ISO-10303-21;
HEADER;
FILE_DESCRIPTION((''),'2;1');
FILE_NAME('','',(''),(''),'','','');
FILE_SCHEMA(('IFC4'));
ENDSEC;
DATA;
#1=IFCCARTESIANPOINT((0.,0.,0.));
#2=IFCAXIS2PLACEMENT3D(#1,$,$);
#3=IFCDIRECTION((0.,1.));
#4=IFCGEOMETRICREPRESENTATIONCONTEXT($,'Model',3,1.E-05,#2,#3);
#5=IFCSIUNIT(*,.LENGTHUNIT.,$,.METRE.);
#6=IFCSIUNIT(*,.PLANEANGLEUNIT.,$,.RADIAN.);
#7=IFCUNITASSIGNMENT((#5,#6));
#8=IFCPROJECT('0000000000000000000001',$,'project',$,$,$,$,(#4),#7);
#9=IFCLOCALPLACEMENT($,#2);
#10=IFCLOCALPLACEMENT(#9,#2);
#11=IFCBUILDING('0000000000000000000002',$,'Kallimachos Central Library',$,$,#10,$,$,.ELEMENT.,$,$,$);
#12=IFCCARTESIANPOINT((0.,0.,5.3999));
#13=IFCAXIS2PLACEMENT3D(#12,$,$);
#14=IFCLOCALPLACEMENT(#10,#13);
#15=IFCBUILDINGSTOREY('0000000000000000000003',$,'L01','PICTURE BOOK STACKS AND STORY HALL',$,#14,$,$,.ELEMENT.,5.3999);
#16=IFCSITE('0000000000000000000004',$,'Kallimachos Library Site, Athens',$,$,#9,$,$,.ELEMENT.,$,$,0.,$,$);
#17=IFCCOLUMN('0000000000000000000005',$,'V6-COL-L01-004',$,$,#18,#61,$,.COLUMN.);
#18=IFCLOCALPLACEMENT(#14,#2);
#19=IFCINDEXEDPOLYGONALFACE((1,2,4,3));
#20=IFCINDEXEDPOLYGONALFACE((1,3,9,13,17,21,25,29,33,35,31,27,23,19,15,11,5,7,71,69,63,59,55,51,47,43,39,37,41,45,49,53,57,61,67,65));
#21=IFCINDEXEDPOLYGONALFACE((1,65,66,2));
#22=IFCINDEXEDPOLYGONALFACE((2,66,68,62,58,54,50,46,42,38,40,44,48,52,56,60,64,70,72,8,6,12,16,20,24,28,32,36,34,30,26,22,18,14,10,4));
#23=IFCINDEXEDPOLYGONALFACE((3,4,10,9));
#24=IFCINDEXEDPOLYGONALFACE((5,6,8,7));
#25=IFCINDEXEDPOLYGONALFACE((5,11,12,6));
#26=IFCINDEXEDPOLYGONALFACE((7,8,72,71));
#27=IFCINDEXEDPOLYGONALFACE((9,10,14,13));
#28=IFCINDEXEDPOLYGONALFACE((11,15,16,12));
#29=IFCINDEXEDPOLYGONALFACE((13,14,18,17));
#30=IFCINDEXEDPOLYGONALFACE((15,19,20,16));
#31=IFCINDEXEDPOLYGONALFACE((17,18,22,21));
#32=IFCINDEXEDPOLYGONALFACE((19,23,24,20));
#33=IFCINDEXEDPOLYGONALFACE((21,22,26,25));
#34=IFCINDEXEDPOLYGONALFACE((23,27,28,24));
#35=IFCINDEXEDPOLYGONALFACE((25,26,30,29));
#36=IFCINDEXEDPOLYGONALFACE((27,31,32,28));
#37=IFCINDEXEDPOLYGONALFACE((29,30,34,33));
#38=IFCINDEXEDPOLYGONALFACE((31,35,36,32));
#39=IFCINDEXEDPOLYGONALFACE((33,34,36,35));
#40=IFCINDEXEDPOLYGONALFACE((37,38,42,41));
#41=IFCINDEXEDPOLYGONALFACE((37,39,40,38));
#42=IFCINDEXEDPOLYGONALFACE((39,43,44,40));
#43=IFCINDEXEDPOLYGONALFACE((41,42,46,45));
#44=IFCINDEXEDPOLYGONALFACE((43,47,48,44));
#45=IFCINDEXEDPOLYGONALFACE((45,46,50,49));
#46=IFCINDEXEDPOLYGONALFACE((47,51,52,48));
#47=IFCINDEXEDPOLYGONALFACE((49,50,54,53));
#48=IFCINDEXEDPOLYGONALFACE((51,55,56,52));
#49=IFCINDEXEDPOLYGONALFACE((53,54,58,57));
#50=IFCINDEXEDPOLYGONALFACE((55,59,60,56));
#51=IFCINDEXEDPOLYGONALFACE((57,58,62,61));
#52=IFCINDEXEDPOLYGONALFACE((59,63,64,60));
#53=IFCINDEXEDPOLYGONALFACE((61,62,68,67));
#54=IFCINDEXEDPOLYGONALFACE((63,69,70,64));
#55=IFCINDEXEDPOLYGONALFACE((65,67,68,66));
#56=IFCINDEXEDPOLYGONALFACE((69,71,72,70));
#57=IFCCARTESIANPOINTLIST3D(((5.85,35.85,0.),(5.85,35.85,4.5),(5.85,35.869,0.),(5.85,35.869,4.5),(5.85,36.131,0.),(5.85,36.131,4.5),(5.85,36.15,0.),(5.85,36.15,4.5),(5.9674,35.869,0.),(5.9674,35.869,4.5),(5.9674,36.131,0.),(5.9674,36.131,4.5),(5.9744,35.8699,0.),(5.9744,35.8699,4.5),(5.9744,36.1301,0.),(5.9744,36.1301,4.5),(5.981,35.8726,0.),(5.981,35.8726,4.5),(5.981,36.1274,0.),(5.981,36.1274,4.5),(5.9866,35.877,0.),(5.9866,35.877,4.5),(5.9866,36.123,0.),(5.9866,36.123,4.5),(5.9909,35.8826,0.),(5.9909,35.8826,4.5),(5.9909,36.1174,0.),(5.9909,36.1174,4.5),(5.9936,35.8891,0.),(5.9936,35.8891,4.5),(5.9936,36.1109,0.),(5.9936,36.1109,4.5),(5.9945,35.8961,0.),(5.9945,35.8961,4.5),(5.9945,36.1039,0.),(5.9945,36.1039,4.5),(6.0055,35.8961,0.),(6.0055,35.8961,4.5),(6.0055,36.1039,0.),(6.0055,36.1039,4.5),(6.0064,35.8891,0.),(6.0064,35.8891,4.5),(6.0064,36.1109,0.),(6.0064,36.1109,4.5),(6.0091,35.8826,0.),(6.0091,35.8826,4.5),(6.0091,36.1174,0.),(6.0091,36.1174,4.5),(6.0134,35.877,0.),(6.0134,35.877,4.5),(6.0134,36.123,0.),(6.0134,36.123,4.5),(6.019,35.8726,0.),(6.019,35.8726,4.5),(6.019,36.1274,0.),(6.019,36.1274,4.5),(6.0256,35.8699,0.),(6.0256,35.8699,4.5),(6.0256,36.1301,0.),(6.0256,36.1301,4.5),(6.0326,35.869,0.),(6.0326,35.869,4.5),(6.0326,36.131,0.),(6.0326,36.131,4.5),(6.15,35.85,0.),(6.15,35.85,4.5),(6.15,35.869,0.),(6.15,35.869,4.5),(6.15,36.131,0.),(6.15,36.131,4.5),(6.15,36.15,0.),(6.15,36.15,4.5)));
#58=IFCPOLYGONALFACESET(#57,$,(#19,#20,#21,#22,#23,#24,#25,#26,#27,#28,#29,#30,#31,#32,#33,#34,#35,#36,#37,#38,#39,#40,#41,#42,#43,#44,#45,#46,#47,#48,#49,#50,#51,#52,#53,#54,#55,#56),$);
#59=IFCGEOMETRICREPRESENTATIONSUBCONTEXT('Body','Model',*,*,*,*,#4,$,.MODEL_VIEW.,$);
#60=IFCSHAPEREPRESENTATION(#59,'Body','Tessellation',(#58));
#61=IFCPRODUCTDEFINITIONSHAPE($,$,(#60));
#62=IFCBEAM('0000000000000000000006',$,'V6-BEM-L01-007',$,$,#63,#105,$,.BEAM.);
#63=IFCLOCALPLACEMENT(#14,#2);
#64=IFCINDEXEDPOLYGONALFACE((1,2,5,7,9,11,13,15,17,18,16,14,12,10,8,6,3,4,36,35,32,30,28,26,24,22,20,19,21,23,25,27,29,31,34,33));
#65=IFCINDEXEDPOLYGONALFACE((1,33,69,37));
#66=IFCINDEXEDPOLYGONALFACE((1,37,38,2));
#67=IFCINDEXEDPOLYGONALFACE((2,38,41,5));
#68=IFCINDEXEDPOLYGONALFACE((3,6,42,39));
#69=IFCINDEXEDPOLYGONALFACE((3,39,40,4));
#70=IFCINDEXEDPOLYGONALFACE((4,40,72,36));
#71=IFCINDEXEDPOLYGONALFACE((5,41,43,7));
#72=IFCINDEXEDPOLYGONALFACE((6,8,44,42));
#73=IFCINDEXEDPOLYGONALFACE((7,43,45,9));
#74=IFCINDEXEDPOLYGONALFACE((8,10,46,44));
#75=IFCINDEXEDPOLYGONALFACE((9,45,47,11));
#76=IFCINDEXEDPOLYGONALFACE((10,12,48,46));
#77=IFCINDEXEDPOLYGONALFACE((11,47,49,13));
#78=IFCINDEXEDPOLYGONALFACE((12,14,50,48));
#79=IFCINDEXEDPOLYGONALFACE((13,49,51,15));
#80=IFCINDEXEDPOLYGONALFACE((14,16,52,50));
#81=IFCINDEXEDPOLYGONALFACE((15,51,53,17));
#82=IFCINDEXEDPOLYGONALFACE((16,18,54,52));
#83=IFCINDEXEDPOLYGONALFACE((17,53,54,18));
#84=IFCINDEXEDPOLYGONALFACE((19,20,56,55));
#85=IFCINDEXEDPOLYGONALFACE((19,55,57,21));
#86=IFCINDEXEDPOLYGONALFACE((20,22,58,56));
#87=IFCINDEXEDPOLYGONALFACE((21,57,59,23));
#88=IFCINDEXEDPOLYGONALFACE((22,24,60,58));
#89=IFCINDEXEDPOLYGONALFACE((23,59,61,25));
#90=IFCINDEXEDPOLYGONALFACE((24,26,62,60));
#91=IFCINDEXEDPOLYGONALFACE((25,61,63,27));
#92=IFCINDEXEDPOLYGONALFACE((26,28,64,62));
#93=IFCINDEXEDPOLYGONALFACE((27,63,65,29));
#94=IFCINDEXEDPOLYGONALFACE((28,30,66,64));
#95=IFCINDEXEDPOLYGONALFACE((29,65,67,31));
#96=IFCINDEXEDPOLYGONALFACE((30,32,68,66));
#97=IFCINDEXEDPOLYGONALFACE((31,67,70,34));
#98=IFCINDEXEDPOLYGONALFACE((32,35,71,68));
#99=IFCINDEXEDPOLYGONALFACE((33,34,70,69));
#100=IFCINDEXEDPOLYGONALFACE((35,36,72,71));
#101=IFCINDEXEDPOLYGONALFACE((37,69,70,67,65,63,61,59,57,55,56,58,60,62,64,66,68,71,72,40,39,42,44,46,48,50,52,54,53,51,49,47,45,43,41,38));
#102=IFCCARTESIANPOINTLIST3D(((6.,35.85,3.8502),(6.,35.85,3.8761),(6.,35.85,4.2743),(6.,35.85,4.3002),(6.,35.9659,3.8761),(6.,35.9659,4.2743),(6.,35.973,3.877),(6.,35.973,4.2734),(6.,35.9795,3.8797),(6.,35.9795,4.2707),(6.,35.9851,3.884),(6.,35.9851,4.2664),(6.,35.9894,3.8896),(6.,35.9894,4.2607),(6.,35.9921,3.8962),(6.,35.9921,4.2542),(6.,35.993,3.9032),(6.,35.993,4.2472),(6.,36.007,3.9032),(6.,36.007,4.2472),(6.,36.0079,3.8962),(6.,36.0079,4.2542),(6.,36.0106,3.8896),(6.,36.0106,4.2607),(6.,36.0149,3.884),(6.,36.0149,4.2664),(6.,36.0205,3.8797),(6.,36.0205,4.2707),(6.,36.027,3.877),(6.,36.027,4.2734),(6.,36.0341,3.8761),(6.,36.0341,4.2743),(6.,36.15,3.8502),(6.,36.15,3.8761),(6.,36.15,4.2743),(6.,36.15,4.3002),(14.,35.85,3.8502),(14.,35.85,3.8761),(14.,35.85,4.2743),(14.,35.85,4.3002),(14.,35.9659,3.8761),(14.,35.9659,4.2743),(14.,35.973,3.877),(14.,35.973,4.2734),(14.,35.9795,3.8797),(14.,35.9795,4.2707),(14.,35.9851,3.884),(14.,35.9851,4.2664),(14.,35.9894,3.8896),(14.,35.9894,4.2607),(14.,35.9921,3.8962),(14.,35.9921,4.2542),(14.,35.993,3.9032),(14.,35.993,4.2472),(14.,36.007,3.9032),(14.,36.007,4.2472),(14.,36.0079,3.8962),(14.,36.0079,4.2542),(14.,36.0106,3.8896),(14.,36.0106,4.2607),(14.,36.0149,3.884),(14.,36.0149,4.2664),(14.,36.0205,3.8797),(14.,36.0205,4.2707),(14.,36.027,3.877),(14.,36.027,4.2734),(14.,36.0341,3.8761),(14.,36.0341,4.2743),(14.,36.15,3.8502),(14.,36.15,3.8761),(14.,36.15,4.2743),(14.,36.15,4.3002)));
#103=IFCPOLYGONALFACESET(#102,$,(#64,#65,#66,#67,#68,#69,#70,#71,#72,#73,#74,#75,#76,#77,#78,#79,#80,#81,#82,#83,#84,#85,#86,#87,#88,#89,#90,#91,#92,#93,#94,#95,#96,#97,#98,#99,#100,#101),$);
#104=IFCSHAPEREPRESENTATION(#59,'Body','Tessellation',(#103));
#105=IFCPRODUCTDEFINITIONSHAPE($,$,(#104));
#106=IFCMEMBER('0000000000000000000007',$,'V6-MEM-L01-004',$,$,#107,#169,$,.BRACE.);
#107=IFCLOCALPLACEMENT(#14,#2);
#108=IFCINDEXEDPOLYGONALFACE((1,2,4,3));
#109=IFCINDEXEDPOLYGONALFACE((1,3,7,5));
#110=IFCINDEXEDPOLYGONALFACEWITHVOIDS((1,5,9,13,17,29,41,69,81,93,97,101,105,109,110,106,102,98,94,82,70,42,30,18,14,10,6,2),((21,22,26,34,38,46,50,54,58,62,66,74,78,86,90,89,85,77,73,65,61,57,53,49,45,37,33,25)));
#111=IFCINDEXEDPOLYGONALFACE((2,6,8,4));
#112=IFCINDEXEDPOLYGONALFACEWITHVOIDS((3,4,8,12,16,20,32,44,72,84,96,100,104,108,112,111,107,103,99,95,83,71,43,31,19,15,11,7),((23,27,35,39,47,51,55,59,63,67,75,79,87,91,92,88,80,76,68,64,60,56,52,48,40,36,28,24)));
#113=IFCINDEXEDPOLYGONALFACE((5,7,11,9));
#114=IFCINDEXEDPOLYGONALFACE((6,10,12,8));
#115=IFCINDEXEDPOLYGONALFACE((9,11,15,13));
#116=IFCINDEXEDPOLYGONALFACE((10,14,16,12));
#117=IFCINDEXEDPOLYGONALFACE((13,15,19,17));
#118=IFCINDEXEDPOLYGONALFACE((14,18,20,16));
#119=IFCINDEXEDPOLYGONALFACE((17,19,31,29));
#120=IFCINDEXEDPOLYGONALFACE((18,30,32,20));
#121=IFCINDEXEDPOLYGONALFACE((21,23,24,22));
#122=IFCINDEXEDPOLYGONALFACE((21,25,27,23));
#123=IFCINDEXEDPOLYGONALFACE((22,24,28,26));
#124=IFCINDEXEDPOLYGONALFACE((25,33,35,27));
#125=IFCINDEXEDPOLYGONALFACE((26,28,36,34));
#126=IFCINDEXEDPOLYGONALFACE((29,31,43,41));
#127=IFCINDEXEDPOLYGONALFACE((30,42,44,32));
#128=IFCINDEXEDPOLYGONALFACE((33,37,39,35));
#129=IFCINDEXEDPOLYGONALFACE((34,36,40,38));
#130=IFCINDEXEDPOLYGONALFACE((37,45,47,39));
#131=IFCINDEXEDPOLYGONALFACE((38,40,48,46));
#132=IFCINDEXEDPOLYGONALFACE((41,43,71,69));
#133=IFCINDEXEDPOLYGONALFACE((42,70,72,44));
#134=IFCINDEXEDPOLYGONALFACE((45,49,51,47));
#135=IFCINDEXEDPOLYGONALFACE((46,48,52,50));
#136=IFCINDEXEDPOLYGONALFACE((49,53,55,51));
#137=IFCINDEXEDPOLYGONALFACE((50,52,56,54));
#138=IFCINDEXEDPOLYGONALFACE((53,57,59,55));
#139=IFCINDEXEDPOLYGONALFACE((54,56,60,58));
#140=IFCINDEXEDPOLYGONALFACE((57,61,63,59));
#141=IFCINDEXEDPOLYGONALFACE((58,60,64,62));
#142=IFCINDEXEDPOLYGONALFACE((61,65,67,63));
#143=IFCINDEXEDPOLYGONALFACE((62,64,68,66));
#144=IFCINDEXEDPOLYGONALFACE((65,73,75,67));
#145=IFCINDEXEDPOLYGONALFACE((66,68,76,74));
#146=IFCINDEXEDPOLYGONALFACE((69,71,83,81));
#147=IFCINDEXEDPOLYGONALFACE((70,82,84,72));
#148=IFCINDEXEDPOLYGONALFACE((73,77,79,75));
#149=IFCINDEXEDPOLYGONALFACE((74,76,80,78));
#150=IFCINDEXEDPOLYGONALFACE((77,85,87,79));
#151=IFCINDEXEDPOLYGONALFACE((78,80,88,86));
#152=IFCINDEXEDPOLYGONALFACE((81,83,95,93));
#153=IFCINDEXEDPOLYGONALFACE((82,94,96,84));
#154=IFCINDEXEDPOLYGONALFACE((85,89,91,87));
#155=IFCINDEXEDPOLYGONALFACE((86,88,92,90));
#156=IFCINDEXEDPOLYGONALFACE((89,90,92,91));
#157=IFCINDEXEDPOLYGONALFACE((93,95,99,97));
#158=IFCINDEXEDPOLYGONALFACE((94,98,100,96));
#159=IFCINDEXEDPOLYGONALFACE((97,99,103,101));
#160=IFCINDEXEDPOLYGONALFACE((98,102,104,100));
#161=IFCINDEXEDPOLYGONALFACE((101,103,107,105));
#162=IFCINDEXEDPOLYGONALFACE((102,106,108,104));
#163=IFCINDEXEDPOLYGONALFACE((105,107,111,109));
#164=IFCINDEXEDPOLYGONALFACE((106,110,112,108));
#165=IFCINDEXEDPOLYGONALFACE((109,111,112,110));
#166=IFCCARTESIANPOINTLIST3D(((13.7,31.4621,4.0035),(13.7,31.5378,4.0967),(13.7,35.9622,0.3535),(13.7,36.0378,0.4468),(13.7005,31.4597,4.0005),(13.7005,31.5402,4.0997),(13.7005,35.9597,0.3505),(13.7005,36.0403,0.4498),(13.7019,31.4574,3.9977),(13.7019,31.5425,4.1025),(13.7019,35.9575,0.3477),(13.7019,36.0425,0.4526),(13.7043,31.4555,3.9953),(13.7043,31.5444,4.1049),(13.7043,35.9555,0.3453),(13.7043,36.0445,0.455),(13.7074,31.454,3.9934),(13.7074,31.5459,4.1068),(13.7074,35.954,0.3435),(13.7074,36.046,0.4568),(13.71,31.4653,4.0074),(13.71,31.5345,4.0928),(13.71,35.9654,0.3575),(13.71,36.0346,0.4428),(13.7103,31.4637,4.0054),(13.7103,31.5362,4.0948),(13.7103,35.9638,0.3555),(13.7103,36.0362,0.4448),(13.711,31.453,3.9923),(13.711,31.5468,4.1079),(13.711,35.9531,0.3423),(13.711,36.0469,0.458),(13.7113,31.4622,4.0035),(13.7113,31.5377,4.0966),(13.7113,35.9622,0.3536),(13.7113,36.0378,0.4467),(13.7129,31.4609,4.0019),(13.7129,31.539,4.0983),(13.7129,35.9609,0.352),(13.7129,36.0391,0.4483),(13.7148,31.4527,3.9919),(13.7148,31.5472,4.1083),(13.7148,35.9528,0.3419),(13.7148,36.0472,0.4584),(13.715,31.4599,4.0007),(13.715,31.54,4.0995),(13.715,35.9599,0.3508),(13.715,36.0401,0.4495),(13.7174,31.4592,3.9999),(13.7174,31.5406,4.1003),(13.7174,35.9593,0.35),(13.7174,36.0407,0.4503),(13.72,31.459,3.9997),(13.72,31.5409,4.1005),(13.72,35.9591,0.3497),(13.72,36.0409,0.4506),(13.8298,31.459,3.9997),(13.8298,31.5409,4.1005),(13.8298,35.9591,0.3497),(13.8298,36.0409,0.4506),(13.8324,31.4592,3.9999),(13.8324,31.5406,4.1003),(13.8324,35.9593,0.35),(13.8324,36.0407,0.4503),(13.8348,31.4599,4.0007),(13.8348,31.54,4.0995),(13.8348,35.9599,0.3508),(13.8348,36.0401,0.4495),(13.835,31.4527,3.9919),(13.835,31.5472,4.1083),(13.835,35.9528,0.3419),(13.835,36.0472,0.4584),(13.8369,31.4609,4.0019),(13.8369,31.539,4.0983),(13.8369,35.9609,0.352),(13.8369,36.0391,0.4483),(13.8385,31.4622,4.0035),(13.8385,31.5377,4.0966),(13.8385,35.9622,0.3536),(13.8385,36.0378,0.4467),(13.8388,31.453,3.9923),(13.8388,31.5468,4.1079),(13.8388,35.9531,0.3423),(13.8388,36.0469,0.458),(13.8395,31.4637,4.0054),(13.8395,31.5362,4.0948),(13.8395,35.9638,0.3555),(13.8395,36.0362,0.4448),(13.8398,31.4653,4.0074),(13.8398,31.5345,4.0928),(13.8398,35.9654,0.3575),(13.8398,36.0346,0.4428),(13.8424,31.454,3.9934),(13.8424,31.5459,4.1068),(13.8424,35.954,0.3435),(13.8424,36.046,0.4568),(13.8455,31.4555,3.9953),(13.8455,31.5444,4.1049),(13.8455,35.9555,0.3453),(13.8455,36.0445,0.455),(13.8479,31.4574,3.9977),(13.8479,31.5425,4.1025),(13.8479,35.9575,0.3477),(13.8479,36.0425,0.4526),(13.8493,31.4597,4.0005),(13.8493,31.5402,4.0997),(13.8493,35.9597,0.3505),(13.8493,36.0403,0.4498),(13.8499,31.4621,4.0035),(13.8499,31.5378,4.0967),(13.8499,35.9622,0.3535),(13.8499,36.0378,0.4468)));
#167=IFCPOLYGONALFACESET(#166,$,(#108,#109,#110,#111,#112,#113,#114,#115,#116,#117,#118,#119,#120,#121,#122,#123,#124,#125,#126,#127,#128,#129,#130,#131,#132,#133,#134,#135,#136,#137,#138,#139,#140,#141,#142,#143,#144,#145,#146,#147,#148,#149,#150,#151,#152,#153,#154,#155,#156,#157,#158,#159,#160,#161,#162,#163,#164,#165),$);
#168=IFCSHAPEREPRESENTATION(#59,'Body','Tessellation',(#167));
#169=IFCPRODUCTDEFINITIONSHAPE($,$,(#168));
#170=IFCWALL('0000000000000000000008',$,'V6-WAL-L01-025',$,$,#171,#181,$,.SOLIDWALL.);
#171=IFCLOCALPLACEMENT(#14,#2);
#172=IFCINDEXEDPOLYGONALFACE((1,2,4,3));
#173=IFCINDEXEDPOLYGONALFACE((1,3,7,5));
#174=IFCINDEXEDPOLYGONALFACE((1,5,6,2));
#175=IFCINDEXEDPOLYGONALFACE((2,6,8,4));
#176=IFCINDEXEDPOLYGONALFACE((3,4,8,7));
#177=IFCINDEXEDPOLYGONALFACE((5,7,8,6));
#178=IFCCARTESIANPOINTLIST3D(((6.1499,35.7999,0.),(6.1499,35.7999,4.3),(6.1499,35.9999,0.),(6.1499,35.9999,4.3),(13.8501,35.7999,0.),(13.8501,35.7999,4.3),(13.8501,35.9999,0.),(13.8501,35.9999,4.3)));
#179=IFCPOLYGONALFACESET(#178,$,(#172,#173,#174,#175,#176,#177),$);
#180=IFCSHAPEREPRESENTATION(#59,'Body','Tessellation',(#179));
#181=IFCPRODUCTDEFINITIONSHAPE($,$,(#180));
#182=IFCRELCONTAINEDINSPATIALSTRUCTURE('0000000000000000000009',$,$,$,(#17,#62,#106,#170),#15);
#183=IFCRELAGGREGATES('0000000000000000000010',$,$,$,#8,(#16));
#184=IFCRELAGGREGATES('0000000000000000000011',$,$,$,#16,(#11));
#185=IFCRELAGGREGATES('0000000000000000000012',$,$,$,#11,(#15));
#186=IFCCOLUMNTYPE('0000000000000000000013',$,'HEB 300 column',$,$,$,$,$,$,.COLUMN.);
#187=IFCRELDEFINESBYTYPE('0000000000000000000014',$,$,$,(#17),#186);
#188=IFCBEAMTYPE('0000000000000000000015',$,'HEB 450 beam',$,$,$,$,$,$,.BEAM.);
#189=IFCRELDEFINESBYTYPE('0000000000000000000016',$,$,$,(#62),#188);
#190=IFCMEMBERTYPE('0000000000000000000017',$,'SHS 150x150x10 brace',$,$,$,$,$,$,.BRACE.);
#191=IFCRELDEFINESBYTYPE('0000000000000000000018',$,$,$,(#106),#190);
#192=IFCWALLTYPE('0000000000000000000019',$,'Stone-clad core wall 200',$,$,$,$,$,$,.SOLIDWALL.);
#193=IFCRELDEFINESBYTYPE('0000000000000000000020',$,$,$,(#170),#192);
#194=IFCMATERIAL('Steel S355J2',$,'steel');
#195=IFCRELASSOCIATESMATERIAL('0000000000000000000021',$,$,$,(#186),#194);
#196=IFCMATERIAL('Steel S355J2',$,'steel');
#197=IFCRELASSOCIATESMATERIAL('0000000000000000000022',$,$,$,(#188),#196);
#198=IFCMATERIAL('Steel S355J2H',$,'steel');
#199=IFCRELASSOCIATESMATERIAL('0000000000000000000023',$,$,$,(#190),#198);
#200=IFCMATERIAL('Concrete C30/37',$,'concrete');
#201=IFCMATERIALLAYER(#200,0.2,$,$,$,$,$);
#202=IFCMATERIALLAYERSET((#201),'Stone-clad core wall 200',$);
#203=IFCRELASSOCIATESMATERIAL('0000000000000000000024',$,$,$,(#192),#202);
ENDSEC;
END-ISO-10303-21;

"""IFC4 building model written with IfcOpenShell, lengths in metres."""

from ifc_helpers import new_model, si_unit, direction, frame, frame_2d, origin, origin_2d, place, context, subcontext, project, spatial, rectangle, hollow_rectangle, i_section, extrude, material, layer, layer_set, material_profile, profile_set, type_object, element, save


model = new_model("IFC4")

# Units and contexts
model_context = context("Model", 3, precision=1e-05, world=origin(), true_north=direction((0.0, 1.0)))
body_context = subcontext(model_context, "Body", "Model", "MODEL_VIEW")
ifc_project = project(units=[si_unit("LENGTHUNIT", "METRE"), si_unit("PLANEANGLEUNIT", "RADIAN")], contexts=[model_context])

# Site, building, storey
site_placement = place(None, origin())
site = spatial("IfcSite", under=ifc_project, at=site_placement, Name="Kallimachos Library Site, Athens", CompositionType="ELEMENT", RefElevation=0.0)
building_placement = place(site_placement, origin())
building = spatial("IfcBuilding", under=site, at=building_placement, Name="Kallimachos Central Library", CompositionType="ELEMENT")
storey_placement = place(building_placement, frame((0.0, 0.0, 5.3999)))
storey = spatial("IfcBuildingStorey", under=building, at=storey_placement, Name="L01", Description="PICTURE BOOK STACKS AND STORY HALL", CompositionType="ELEMENT", Elevation=5.3999)

# Column
ifc_material_1 = material(Name="Steel S355J2", Category="steel")
ifc_material_profile_1 = material_profile(ifc_material_1, i_section(OverallWidth=0.3, OverallDepth=0.3, WebThickness=0.011, FlangeThickness=0.019, FilletRadius=0.0271, at=origin_2d()), Name="HEB 300")
ifc_profile_set_1 = profile_set([ifc_material_profile_1], Name="Steel S355J2")
column_type = type_object("IfcColumnType", Name="HEB 300 column", PredefinedType="COLUMN", material=ifc_profile_set_1)
column_placement = place(storey_placement, frame((6.0, 36.0, 0.0), z_axis=(0.0, 0.0, 1.0), x_axis=(1.0, 0.0, 0.0)))
element("IfcColumn", 1, at=column_placement, inside=storey, type_object=column_type, Name="V6-COL-L01-004", PredefinedType="COLUMN", context=body_context, shape_type="SweptSolid", body=[
    extrude(i_section(OverallWidth=0.3, OverallDepth=0.3, WebThickness=0.011, FlangeThickness=0.019, FilletRadius=0.0271, at=origin_2d()), origin(), (0.0, 0.0, 1.0), 4.5),
])

# Beam
ifc_material_2 = material(Name="Steel S355J2", Category="steel")
ifc_material_profile_2 = material_profile(ifc_material_2, i_section(OverallWidth=0.3, OverallDepth=0.45, WebThickness=0.0139, FlangeThickness=0.0259, FilletRadius=0.0271, at=origin_2d()), Name="HEB 450")
ifc_profile_set_2 = profile_set([ifc_material_profile_2], Name="Steel S355J2")
beam_type = type_object("IfcBeamType", Name="HEB 450 beam", PredefinedType="BEAM", material=ifc_profile_set_2)
beam_placement = place(storey_placement, frame((6.0, 36.0, 4.0752), z_axis=(1.0, 0.0, 0.0), x_axis=(0.0, 1.0, 0.0)))
element("IfcBeam", 2, at=beam_placement, inside=storey, type_object=beam_type, Name="V6-BEM-L01-007", PredefinedType="BEAM", context=body_context, shape_type="SweptSolid", body=[
    extrude(i_section(OverallWidth=0.3, OverallDepth=0.45, WebThickness=0.0139, FlangeThickness=0.0259, FilletRadius=0.0271, at=origin_2d()), origin(), (0.0, 0.0, 1.0), 8.0),
])

# Member
ifc_material_3 = material(Name="Steel S355J2H", Category="steel")
ifc_material_profile_3 = material_profile(ifc_material_3, hollow_rectangle(XDim=0.1499, YDim=0.1499, WallThickness=0.01, InnerFilletRadius=0.01, OuterFilletRadius=0.0149, at=origin_2d()), Name="SHS 150x150x10")
ifc_profile_set_3 = profile_set([ifc_material_profile_3], Name="Steel S355J2H")
member_type = type_object("IfcMemberType", Name="SHS 150x150x10 brace", PredefinedType="BRACE", material=ifc_profile_set_3)
member_placement = place(storey_placement, frame((13.7749, 36.0, 0.4001), z_axis=(0.0, -0.77665, 0.629932), x_axis=(1.0, 0.0, 0.0)))
element("IfcMember", 3, at=member_placement, inside=storey, type_object=member_type, Name="V6-MEM-L01-004", PredefinedType="BRACE", context=body_context, shape_type="SweptSolid", body=[
    extrude(hollow_rectangle(XDim=0.1499, YDim=0.1499, WallThickness=0.01, InnerFilletRadius=0.01, OuterFilletRadius=0.0149, at=origin_2d()), origin(), (0.0, 0.0, 1.0), 5.7942),
])

# Wall
ifc_material_4 = material(Name="Concrete C30/37", Category="concrete")
ifc_layer_1 = layer(ifc_material_4, 0.2)
ifc_layer_set_1 = layer_set([ifc_layer_1], Name="Stone-clad core wall 200")
wall_type = type_object("IfcWallType", Name="Stone-clad core wall 200", PredefinedType="SOLIDWALL", material=ifc_layer_set_1)
wall_placement = place(storey_placement, frame((6.1499, 35.8999, 0.0), z_axis=(0.0, 0.0, 1.0), x_axis=(1.0, 0.0, 0.0)))
element("IfcWall", 4, at=wall_placement, inside=storey, type_object=wall_type, Name="V6-WAL-L01-025", PredefinedType="SOLIDWALL", context=body_context, shape_type="SweptSolid", body=[
    extrude(rectangle(XDim=7.7002, YDim=0.2, at=frame_2d((3.8501, 0.0))), origin(), (0.0, 0.0, 1.0), 4.3),
])

save(model, "model.ifc")
